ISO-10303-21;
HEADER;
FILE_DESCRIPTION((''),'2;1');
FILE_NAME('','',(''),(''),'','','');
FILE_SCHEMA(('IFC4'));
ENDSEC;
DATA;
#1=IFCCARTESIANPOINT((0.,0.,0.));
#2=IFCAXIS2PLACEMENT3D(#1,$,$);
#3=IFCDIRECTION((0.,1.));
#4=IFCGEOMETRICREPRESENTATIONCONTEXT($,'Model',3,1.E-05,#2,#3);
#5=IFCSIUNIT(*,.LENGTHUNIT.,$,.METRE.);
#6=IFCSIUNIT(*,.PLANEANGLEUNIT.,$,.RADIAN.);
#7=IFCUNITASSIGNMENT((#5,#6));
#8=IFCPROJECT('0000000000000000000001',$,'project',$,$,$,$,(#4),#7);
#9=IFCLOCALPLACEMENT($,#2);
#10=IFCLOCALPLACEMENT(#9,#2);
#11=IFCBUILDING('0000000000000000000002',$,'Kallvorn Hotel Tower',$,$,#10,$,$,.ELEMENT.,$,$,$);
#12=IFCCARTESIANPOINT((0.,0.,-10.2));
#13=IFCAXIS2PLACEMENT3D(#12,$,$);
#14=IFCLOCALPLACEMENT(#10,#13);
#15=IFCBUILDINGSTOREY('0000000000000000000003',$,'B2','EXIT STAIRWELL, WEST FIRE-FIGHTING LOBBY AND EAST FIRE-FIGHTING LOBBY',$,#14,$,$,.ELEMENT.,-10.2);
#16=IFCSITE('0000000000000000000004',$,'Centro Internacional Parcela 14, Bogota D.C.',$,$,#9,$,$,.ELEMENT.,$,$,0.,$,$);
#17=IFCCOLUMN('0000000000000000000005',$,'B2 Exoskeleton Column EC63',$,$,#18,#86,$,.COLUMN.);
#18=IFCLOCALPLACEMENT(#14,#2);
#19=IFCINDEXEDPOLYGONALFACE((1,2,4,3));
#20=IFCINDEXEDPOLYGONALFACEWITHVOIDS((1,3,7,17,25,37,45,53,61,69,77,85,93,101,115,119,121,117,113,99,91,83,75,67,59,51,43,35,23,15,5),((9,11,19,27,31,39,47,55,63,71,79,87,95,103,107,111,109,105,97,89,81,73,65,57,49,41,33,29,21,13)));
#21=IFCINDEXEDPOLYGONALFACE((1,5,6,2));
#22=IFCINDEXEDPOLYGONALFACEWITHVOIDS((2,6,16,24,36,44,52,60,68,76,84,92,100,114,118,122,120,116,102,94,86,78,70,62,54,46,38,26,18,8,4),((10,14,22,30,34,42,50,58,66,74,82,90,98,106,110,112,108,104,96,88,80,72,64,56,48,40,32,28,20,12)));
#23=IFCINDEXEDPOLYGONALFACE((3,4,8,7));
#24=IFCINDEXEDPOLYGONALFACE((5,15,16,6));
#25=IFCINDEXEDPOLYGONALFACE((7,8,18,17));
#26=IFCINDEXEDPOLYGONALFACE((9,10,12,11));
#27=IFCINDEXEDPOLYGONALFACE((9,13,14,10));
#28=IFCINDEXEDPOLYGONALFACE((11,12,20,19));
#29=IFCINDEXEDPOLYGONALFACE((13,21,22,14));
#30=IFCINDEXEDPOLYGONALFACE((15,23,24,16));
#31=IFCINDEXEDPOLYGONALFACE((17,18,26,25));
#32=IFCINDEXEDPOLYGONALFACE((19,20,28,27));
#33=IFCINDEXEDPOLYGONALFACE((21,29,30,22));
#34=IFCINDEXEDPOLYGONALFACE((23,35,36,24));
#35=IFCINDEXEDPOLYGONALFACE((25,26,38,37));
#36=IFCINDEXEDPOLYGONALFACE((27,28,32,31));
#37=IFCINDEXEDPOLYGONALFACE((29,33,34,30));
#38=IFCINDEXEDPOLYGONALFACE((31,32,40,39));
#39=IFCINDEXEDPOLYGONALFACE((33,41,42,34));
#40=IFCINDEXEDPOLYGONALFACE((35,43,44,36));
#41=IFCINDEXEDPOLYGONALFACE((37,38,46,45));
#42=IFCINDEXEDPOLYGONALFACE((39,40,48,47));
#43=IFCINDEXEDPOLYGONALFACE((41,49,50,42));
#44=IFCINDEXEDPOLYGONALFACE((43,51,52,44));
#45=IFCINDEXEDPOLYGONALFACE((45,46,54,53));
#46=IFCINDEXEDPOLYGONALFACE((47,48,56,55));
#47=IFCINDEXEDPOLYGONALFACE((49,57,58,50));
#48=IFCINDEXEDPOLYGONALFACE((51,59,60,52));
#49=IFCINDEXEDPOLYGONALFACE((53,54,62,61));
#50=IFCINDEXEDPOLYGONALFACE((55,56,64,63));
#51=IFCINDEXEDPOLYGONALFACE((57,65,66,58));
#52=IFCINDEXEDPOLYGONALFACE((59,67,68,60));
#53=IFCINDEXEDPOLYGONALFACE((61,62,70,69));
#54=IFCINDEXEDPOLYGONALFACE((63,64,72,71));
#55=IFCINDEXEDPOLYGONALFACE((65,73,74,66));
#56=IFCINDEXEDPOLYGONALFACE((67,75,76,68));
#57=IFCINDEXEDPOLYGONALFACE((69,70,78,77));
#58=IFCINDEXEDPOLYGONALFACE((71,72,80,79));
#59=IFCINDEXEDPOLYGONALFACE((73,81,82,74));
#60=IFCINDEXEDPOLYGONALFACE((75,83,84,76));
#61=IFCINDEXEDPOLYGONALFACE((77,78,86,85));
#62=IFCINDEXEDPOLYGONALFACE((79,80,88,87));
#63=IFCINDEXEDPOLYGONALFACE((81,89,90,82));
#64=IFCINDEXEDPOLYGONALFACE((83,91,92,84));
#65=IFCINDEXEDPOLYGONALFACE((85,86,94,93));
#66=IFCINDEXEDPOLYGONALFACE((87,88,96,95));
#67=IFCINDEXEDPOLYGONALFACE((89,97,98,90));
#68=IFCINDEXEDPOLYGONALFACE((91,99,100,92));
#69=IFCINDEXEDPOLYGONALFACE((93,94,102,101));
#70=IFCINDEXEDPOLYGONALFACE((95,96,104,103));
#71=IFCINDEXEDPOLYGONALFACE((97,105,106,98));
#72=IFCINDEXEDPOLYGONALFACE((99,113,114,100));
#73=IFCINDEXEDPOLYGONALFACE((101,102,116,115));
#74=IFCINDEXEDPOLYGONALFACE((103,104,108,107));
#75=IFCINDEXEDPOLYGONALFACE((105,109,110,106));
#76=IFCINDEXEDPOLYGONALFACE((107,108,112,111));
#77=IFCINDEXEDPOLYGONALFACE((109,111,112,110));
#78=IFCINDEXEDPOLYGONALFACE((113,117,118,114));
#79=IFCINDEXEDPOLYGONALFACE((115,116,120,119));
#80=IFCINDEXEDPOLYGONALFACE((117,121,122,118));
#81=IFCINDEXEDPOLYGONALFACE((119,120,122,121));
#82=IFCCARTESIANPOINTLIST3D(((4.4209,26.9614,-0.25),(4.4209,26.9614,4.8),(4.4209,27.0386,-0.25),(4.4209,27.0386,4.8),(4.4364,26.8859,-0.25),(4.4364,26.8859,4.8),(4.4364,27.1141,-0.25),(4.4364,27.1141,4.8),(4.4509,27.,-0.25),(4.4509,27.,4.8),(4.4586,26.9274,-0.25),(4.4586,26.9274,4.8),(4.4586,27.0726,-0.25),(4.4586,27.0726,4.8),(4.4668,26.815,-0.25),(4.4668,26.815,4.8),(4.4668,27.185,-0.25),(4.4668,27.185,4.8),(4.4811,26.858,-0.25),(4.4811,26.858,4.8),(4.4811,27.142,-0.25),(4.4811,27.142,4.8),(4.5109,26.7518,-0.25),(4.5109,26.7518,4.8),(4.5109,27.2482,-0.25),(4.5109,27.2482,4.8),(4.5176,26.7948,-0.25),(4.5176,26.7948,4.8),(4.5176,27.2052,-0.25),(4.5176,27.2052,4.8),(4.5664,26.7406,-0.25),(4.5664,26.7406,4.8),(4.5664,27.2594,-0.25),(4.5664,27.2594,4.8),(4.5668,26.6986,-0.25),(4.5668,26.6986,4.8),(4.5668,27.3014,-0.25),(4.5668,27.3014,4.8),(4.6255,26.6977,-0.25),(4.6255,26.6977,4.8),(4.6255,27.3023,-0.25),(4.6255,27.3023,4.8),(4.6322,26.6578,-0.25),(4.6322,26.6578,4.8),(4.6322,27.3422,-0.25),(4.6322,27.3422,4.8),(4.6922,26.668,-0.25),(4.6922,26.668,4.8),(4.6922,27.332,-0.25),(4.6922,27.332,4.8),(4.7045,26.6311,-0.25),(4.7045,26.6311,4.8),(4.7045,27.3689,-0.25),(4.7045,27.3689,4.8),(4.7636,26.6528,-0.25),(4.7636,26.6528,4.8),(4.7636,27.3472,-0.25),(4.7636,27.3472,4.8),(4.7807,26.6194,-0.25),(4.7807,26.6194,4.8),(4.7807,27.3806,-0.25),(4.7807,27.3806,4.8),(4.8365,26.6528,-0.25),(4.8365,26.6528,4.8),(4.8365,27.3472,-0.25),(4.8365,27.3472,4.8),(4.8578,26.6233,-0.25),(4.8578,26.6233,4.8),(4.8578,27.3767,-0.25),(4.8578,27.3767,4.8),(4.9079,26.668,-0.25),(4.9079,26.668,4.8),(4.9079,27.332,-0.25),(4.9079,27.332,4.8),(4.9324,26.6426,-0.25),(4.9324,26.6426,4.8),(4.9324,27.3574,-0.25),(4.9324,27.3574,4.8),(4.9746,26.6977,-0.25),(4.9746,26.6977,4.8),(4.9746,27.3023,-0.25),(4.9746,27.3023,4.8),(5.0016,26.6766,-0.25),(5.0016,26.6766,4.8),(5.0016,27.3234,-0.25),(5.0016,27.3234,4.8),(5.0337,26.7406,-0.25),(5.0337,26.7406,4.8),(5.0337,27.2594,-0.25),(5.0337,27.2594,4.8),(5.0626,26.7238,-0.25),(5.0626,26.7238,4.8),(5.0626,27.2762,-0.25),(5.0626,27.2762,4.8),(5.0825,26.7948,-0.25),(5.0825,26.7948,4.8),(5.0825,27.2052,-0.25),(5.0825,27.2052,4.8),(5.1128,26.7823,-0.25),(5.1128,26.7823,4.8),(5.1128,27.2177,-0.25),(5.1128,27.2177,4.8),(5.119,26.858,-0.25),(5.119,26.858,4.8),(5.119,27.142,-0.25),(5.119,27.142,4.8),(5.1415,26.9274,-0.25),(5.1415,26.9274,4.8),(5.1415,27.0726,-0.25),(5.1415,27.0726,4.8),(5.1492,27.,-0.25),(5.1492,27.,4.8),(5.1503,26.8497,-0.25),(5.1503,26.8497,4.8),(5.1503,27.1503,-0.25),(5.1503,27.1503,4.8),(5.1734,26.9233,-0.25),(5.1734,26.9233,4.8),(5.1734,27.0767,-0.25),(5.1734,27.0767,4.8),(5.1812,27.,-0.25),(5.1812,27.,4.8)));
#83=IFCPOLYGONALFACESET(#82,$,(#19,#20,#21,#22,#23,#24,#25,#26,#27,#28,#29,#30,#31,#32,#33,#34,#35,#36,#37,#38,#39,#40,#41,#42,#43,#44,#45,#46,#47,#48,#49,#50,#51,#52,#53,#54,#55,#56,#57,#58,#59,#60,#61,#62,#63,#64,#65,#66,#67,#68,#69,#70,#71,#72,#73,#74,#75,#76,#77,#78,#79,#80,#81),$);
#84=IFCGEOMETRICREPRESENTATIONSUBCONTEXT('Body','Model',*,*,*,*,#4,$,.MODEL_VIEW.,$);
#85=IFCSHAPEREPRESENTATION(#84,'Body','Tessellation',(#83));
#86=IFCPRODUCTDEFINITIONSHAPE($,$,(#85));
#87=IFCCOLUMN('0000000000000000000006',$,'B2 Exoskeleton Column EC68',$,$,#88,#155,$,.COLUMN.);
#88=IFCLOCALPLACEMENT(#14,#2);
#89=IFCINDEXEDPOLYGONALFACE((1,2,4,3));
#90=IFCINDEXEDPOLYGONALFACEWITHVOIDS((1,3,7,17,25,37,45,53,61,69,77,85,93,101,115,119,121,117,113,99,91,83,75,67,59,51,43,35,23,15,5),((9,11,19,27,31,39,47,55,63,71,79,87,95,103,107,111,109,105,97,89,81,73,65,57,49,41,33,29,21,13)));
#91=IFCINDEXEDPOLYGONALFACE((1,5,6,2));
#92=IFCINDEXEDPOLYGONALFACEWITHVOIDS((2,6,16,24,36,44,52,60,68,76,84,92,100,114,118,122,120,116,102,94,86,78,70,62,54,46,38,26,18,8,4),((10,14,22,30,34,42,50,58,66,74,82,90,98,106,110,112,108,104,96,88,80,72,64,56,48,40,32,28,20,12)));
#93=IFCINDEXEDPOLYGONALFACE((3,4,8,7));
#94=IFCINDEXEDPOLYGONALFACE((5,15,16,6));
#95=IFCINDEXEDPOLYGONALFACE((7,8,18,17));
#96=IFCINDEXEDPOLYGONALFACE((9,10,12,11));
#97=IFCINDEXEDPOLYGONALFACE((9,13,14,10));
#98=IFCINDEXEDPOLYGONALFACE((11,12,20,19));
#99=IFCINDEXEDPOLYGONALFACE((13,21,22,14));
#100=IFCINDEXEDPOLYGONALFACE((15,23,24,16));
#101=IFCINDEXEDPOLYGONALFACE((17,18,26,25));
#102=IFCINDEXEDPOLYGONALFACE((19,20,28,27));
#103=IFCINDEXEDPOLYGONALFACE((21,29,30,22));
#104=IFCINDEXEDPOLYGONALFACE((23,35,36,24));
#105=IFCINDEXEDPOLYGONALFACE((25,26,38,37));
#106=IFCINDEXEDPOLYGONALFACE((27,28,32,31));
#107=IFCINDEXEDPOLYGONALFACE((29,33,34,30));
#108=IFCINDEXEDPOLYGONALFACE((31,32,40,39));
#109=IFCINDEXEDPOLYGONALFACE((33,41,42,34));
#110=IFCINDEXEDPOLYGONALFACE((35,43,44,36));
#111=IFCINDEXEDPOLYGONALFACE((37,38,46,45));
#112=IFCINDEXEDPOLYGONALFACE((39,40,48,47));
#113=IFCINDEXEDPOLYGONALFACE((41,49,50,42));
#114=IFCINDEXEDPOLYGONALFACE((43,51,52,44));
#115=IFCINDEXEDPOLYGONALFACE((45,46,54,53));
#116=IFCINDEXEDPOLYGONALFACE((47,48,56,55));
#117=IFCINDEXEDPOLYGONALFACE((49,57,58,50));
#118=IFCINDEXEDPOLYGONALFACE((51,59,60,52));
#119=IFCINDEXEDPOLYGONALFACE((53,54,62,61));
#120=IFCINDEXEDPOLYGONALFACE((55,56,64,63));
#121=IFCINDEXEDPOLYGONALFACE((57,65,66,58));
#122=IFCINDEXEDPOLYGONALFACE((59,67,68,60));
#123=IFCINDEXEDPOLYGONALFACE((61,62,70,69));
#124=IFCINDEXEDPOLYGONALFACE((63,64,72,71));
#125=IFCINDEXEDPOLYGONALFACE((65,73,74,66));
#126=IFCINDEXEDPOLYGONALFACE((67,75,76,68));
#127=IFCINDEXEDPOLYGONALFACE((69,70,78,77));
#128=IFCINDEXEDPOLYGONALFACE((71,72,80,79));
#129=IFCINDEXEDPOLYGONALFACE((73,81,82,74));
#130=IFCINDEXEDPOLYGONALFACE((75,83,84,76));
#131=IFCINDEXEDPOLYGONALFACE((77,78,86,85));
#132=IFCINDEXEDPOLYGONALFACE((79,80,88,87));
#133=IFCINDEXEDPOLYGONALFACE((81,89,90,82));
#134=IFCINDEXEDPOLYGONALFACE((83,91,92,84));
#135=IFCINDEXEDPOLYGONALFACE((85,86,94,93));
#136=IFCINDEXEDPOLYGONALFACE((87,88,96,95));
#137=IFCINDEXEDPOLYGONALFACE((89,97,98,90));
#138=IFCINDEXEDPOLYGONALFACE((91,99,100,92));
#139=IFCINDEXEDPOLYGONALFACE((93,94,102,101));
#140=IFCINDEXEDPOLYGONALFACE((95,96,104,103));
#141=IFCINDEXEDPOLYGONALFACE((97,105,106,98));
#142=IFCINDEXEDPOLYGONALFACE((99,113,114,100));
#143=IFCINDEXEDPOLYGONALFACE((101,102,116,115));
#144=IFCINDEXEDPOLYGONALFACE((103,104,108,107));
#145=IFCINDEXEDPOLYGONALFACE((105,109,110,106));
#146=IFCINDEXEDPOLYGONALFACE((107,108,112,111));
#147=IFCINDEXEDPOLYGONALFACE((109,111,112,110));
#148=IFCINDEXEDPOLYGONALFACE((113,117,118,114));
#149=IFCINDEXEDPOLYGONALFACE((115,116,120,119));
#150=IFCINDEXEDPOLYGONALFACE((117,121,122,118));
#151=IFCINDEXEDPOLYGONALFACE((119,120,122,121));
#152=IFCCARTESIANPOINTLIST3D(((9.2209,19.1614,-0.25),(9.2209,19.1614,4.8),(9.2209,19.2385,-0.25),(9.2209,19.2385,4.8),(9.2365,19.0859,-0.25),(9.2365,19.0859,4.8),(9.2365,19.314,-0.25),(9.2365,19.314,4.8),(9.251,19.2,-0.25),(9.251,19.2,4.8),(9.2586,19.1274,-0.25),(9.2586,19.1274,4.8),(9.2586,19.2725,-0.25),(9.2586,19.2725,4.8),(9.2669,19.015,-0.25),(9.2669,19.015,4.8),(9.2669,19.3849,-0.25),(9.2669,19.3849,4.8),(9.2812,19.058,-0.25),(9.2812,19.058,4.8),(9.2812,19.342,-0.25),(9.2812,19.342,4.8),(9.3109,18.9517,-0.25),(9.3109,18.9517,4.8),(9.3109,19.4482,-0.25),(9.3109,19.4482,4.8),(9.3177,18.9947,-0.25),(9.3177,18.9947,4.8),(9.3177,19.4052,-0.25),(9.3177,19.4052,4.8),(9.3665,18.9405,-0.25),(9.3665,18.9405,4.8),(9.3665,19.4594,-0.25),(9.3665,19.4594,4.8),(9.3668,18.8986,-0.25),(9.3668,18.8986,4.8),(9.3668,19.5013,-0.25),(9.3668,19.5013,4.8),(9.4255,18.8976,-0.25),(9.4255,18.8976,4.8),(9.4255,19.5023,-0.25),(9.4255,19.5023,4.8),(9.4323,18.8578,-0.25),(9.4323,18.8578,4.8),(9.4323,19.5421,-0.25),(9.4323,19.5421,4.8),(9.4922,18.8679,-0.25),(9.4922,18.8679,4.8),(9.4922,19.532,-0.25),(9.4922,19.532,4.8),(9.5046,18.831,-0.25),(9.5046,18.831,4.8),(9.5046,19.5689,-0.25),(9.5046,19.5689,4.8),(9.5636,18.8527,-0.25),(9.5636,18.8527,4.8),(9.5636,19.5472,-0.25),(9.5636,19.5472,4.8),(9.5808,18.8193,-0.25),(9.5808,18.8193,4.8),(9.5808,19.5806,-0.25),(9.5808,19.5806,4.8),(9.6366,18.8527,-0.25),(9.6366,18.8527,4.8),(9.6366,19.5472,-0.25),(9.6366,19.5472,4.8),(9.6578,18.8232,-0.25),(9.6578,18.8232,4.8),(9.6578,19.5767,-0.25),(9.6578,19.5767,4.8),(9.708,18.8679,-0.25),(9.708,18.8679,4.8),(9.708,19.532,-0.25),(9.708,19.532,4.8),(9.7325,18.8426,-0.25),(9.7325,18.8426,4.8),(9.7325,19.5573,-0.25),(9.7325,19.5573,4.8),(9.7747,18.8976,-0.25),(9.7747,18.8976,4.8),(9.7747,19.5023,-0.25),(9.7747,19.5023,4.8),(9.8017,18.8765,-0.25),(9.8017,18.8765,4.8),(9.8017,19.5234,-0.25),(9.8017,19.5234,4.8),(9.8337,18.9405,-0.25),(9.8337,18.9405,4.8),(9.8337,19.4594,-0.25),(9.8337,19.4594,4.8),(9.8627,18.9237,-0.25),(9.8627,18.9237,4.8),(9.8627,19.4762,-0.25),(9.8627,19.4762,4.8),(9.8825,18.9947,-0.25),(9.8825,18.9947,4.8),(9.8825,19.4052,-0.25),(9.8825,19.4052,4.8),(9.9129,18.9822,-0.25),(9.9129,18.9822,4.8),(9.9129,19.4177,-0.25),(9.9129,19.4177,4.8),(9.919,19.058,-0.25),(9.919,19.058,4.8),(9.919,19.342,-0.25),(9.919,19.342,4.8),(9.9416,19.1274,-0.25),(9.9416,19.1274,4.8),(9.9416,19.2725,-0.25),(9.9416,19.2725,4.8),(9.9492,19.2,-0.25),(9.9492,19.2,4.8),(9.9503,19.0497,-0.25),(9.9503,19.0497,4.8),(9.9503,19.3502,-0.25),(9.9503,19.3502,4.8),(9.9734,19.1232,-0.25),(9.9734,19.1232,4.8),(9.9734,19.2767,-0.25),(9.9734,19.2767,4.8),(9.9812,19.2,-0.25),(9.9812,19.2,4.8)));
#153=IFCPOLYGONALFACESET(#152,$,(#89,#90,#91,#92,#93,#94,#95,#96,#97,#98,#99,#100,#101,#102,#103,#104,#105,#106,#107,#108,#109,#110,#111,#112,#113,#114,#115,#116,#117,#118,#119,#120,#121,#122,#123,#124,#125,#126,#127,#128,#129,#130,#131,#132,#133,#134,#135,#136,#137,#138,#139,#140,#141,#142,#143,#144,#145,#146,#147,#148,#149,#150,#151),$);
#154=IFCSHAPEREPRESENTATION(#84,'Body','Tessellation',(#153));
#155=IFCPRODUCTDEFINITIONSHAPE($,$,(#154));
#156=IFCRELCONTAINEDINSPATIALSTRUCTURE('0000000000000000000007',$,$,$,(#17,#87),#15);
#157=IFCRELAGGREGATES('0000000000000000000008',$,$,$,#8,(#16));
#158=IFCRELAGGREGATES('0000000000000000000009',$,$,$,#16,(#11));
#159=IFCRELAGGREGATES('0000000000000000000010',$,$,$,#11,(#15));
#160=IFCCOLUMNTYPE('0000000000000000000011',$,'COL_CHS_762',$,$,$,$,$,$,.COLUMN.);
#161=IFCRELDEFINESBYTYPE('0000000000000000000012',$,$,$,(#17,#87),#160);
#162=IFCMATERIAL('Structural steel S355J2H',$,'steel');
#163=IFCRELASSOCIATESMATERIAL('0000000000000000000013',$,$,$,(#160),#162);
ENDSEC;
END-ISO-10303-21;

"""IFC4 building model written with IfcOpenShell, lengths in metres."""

from ifc_helpers import new_model, si_unit, direction, frame, origin, origin_2d, place, context, subcontext, project, spatial, hollow_circle, extrude, material, material_profile, profile_set, type_object, element, save


model = new_model("IFC4")

# Units and contexts
model_context = context("Model", 3, precision=1e-05, world=origin(), true_north=direction((0.0, 1.0)))
body_context = subcontext(model_context, "Body", "Model", "MODEL_VIEW")
ifc_project = project(units=[si_unit("LENGTHUNIT", "METRE"), si_unit("PLANEANGLEUNIT", "RADIAN")], contexts=[model_context])

# Site, building, storey
site_placement = place(None, origin())
site = spatial("IfcSite", under=ifc_project, at=site_placement, Name="Centro Internacional Parcela 14, Bogota D.C.", CompositionType="ELEMENT", RefElevation=0.0)
building_placement = place(site_placement, origin())
building = spatial("IfcBuilding", under=site, at=building_placement, Name="Kallvorn Hotel Tower", CompositionType="ELEMENT")
storey_placement = place(building_placement, frame((0.0, 0.0, -10.2)))
storey = spatial("IfcBuildingStorey", under=building, at=storey_placement, Name="B2", Description="EXIT STAIRWELL, WEST FIRE-FIGHTING LOBBY AND EAST FIRE-FIGHTING LOBBY", CompositionType="ELEMENT", Elevation=-10.2)

# Columns
ifc_material_1 = material(Name="Structural steel S355J2H", Category="steel")
ifc_material_profile_1 = material_profile(ifc_material_1, hollow_circle(Radius=0.3811, WallThickness=0.032, at=origin_2d()), Name="CHS 762x32")
ifc_profile_set_1 = profile_set([ifc_material_profile_1], Name="Structural steel S355J2H")
column_type_1 = type_object("IfcColumnType", Name="COL_CHS_762", PredefinedType="COLUMN", material=ifc_profile_set_1)
for number, where, z_axis, x_axis, name in (
    (1, (4.8, 27.0, -0.25), (0.0, 0.0, 1.0), (1.0, 0.0, 0.0), "B2 Exoskeleton Column EC63"),
    (2, (9.6001, 19.2, -0.25), (0.0, 0.0, 1.0), (1.0, 0.0, 0.0), "B2 Exoskeleton Column EC68"),
):
    element("IfcColumn", number, at=place(storey_placement, frame(where, z_axis=z_axis, x_axis=x_axis)), inside=storey, type_object=column_type_1, Name=name, PredefinedType="COLUMN", context=body_context, shape_type="SweptSolid", body=[
        extrude(hollow_circle(Radius=0.3811, WallThickness=0.032, at=origin_2d()), origin(), (0.0, 0.0, 1.0), 5.05),
    ])

save(model, "model.ifc")
